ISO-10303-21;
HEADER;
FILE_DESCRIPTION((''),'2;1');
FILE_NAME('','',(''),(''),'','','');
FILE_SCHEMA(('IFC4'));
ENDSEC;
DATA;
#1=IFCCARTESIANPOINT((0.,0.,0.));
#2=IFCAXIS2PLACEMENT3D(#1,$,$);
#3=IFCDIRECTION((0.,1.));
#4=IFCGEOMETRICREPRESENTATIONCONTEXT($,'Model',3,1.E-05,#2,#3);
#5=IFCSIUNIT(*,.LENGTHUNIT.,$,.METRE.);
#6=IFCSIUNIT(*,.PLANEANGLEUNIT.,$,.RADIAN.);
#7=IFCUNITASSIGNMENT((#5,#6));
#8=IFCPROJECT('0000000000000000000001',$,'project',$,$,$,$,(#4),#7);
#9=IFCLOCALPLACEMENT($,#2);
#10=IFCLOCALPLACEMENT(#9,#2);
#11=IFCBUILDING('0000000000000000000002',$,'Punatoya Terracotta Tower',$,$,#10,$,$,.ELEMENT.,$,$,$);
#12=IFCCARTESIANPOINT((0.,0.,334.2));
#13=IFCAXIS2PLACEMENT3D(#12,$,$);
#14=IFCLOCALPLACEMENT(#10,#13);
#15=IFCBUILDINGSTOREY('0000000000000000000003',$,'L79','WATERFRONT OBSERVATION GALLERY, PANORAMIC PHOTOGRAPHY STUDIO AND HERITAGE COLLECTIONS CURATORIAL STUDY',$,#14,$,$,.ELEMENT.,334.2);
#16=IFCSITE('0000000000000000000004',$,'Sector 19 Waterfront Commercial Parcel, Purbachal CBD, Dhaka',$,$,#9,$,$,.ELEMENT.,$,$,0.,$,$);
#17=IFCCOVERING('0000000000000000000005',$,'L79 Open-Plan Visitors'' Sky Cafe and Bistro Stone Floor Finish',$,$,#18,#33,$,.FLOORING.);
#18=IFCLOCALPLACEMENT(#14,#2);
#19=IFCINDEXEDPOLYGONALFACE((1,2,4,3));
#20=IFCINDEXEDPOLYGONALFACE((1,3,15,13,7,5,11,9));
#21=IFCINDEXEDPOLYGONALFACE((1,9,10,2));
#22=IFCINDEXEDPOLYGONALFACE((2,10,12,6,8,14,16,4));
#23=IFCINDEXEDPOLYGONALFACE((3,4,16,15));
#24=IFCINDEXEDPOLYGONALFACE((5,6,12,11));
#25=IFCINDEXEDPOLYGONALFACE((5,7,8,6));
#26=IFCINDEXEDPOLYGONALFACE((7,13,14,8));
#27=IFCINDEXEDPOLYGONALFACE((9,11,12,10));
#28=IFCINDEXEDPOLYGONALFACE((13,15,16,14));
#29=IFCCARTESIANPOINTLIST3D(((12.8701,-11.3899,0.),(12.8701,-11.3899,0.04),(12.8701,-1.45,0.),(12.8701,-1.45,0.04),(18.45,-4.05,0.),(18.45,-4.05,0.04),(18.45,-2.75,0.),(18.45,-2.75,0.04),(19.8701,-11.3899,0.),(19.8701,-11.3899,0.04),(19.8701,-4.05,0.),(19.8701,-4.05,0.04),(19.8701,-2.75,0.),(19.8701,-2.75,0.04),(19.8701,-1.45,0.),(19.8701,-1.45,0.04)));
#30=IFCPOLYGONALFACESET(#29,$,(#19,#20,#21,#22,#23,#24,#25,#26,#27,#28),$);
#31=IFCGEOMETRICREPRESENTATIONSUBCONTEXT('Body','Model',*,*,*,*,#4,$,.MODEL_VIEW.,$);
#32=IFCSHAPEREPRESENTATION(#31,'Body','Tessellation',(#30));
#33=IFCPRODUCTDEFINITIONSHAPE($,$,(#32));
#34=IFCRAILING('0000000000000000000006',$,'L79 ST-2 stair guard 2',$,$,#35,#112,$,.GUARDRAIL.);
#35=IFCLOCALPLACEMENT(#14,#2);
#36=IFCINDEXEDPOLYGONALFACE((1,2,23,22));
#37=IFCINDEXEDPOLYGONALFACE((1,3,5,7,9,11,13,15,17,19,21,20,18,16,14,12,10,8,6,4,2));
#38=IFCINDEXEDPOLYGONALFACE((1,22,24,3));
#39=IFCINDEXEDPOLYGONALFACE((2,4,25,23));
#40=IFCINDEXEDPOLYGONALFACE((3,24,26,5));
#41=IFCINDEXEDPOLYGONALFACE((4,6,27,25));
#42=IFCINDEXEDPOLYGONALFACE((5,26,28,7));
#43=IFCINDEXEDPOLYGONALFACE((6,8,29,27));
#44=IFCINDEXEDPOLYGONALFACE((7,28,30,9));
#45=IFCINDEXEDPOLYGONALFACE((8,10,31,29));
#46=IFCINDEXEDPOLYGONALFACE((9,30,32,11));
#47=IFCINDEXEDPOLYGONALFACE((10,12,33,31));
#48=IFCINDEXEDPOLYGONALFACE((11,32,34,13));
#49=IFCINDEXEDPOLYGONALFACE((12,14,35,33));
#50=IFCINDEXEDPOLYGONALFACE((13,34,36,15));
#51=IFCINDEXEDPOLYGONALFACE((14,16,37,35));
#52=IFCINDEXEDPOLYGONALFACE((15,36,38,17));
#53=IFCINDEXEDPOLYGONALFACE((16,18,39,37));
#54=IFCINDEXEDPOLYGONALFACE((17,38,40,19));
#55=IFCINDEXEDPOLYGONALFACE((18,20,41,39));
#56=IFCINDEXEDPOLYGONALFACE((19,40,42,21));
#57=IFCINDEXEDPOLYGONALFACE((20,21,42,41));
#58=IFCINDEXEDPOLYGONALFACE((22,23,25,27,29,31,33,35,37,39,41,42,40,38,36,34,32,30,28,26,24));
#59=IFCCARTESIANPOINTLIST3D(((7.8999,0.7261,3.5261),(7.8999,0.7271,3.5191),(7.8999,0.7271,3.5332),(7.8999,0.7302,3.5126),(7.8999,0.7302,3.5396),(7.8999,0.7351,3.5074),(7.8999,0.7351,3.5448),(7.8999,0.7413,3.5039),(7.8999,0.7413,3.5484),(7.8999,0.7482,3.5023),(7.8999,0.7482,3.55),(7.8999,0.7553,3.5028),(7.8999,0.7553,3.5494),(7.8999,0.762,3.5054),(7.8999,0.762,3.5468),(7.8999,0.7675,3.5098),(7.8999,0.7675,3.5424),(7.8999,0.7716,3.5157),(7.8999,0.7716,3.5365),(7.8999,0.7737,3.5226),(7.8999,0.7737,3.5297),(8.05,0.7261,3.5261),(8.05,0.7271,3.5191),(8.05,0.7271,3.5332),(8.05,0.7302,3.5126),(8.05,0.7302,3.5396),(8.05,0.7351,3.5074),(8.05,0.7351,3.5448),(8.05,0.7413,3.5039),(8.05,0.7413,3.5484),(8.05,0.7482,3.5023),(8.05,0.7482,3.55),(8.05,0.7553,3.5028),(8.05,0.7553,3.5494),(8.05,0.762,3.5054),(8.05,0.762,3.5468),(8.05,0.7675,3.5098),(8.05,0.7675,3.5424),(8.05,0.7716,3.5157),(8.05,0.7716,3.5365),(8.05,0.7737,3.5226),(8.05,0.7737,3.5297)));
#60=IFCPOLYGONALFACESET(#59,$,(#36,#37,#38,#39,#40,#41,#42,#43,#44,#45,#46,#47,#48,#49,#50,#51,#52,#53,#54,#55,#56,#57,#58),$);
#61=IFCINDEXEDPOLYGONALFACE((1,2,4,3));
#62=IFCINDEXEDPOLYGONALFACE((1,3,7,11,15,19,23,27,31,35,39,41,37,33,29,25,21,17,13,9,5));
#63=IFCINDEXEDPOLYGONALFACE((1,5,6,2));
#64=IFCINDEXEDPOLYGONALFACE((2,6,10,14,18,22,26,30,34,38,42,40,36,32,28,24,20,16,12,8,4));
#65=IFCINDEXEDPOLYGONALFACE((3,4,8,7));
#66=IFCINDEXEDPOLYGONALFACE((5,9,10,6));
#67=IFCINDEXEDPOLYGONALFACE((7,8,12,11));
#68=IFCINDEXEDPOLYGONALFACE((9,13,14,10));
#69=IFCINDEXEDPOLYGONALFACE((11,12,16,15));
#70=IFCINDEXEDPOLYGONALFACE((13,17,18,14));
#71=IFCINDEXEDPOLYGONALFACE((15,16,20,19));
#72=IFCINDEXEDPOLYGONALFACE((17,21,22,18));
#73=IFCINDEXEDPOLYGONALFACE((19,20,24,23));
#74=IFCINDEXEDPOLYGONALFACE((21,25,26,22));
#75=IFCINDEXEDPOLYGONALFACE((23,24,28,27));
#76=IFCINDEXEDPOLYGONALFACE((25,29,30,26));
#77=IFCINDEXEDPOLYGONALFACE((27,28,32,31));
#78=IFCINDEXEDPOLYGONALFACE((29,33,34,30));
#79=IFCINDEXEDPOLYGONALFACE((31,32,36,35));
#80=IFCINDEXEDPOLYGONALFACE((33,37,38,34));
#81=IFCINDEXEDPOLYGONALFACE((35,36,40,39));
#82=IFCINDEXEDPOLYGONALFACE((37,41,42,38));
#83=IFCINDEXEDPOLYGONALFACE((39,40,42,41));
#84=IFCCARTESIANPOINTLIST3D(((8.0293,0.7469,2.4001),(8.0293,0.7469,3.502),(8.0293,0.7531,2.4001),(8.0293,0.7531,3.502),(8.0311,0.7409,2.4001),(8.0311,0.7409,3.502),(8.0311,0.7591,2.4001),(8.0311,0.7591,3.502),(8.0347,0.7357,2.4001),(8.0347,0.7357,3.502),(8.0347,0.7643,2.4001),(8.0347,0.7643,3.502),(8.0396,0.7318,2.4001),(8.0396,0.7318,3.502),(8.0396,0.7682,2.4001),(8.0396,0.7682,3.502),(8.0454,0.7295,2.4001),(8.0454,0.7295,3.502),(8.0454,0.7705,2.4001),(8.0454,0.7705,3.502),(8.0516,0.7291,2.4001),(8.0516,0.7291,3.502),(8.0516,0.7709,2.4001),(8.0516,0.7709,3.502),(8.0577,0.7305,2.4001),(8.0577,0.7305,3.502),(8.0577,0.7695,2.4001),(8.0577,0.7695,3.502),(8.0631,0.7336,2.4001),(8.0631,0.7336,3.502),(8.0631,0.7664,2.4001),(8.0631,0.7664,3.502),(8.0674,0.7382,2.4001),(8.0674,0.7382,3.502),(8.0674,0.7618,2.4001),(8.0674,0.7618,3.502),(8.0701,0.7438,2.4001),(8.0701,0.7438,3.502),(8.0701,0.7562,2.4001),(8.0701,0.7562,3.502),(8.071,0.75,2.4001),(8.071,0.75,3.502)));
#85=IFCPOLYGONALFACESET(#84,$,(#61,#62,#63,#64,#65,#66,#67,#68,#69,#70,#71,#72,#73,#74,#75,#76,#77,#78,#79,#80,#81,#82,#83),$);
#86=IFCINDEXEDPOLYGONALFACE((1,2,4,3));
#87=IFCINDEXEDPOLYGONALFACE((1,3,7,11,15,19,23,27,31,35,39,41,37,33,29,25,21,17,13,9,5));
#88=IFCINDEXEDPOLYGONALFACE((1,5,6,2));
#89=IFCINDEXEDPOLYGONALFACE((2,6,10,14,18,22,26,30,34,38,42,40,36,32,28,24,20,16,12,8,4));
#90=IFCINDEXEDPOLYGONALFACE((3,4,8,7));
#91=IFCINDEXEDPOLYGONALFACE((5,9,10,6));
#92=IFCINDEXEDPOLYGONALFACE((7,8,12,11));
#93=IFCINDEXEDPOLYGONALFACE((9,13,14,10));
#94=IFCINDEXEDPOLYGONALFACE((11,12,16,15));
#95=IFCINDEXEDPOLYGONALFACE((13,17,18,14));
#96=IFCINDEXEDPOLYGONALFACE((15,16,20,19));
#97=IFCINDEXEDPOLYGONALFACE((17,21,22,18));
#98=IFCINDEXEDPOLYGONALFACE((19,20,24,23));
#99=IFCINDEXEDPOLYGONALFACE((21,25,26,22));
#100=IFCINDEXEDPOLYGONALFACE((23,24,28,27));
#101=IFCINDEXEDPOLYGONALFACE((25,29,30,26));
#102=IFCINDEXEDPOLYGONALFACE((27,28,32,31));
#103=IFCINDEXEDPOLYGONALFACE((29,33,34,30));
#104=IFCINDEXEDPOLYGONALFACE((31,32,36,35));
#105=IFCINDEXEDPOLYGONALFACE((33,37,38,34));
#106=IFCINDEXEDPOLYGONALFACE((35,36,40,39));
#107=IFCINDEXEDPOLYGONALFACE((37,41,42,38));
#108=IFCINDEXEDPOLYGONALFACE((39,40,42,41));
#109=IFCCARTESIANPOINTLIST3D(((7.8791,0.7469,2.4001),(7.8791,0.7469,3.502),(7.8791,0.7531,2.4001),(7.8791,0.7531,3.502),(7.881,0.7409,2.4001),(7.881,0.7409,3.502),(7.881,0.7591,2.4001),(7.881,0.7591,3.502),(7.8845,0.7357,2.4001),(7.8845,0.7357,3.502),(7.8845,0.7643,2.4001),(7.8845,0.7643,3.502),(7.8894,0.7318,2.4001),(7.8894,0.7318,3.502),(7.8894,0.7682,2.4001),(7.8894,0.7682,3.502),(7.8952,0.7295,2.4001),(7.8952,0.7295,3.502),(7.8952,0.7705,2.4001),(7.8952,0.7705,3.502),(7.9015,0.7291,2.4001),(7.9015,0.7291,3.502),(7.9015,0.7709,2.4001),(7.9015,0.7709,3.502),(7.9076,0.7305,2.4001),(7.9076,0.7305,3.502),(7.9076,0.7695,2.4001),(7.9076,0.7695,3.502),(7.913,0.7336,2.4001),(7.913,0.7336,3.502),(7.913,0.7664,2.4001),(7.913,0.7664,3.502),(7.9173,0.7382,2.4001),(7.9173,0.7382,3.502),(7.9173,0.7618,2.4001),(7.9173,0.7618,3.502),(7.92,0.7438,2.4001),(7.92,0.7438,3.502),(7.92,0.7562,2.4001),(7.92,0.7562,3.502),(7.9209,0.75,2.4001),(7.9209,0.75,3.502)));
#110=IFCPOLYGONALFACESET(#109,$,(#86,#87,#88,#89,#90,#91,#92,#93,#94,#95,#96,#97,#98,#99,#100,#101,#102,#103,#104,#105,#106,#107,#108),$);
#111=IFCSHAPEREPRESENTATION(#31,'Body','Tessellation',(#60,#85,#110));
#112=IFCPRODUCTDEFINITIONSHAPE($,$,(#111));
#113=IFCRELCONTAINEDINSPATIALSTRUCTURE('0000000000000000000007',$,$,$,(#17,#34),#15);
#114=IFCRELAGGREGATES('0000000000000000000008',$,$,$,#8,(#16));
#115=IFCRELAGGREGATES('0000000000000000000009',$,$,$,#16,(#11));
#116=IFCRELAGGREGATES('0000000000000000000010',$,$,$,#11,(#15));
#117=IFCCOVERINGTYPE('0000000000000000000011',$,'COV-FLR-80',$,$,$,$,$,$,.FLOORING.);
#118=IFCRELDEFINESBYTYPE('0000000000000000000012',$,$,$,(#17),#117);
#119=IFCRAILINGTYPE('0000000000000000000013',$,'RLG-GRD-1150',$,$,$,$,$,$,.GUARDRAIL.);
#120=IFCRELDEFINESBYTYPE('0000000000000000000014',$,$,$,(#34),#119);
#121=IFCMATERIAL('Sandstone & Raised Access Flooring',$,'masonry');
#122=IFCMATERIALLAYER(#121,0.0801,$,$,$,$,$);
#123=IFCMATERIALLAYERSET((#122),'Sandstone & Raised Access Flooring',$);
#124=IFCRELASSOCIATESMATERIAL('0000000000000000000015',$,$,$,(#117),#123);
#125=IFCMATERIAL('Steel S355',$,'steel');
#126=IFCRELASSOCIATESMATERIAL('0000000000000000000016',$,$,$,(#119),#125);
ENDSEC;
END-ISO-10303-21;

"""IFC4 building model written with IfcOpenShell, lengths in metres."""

from ifc_helpers import new_model, si_unit, direction, frame, origin, origin_2d, place, context, subcontext, project, spatial, polyline, circle, outline, extrude, material, layer, layer_set, type_object, element, save


model = new_model("IFC4")

# Units and contexts
model_context = context("Model", 3, precision=1e-05, world=origin(), true_north=direction((0.0, 1.0)))
body_context = subcontext(model_context, "Body", "Model", "MODEL_VIEW")
ifc_project = project(units=[si_unit("LENGTHUNIT", "METRE"), si_unit("PLANEANGLEUNIT", "RADIAN")], contexts=[model_context])

# Site, building, storey
site_placement = place(None, origin())
site = spatial("IfcSite", under=ifc_project, at=site_placement, Name="Sector 19 Waterfront Commercial Parcel, Purbachal CBD, Dhaka", CompositionType="ELEMENT", RefElevation=0.0)
building_placement = place(site_placement, origin())
building = spatial("IfcBuilding", under=site, at=building_placement, Name="Punatoya Terracotta Tower", CompositionType="ELEMENT")
storey_placement = place(building_placement, frame((0.0, 0.0, 334.2)))
storey = spatial("IfcBuildingStorey", under=building, at=storey_placement, Name="L79", Description="WATERFRONT OBSERVATION GALLERY, PANORAMIC PHOTOGRAPHY STUDIO AND HERITAGE COLLECTIONS CURATORIAL STUDY", CompositionType="ELEMENT", Elevation=334.2)

# Shared definitions
ifc_material_1 = material(Name="Steel S355", Category="steel")

# Covering
ifc_material_2 = material(Name="Sandstone & Raised Access Flooring", Category="masonry")
ifc_layer_1 = layer(ifc_material_2, 0.0801)
ifc_layer_set_1 = layer_set([ifc_layer_1], Name="Sandstone & Raised Access Flooring")
covering_type_1 = type_object("IfcCoveringType", Name="COV-FLR-80", PredefinedType="FLOORING", material=ifc_layer_set_1)
covering_1_placement = place(storey_placement, origin())
element("IfcCovering", 1, at=covering_1_placement, inside=storey, type_object=covering_type_1, Name="L79 Open-Plan Visitors' Sky Cafe and Bistro Stone Floor Finish", PredefinedType="FLOORING", context=body_context, shape_type="SweptSolid", body=[
    extrude(outline(polyline([(12.8701, -1.45), (12.8701, -11.3899), (19.8701, -11.3899), (19.8701, -4.05), (18.45, -4.05), (18.45, -2.75), (19.8701, -2.75), (19.8701, -1.45), (12.8701, -1.45)])), origin(), (0.0, 0.0, 1.0), 0.04),
])

# Railing
railing_type_1 = type_object("IfcRailingType", Name="RLG-GRD-1150", PredefinedType="GUARDRAIL", material=ifc_material_1)
railing_1_placement = place(storey_placement, frame((8.05, 0.75, 2.4001)))
element("IfcRailing", 2, at=railing_1_placement, inside=storey, type_object=railing_type_1, Name="L79 ST-2 stair guard 2", PredefinedType="GUARDRAIL", context=body_context, shape_type="SweptSolid", body=[
    extrude(circle(Radius=0.0239, at=origin_2d()), frame((0.0, 0.0, 1.126), z_axis=(-1.0, 0.0, 0.0), x_axis=(0.0, -1.0, 0.0)), (0.0, 0.0, 1.0), 0.1501),
    extrude(circle(Radius=0.021, at=origin_2d()), origin(), (0.0, 0.0, 1.0), 1.1018),
    extrude(circle(Radius=0.021, at=origin_2d()), frame((-0.1501, 0.0, 0.0)), (0.0, 0.0, 1.0), 1.1018),
])

save(model, "model.ifc")
